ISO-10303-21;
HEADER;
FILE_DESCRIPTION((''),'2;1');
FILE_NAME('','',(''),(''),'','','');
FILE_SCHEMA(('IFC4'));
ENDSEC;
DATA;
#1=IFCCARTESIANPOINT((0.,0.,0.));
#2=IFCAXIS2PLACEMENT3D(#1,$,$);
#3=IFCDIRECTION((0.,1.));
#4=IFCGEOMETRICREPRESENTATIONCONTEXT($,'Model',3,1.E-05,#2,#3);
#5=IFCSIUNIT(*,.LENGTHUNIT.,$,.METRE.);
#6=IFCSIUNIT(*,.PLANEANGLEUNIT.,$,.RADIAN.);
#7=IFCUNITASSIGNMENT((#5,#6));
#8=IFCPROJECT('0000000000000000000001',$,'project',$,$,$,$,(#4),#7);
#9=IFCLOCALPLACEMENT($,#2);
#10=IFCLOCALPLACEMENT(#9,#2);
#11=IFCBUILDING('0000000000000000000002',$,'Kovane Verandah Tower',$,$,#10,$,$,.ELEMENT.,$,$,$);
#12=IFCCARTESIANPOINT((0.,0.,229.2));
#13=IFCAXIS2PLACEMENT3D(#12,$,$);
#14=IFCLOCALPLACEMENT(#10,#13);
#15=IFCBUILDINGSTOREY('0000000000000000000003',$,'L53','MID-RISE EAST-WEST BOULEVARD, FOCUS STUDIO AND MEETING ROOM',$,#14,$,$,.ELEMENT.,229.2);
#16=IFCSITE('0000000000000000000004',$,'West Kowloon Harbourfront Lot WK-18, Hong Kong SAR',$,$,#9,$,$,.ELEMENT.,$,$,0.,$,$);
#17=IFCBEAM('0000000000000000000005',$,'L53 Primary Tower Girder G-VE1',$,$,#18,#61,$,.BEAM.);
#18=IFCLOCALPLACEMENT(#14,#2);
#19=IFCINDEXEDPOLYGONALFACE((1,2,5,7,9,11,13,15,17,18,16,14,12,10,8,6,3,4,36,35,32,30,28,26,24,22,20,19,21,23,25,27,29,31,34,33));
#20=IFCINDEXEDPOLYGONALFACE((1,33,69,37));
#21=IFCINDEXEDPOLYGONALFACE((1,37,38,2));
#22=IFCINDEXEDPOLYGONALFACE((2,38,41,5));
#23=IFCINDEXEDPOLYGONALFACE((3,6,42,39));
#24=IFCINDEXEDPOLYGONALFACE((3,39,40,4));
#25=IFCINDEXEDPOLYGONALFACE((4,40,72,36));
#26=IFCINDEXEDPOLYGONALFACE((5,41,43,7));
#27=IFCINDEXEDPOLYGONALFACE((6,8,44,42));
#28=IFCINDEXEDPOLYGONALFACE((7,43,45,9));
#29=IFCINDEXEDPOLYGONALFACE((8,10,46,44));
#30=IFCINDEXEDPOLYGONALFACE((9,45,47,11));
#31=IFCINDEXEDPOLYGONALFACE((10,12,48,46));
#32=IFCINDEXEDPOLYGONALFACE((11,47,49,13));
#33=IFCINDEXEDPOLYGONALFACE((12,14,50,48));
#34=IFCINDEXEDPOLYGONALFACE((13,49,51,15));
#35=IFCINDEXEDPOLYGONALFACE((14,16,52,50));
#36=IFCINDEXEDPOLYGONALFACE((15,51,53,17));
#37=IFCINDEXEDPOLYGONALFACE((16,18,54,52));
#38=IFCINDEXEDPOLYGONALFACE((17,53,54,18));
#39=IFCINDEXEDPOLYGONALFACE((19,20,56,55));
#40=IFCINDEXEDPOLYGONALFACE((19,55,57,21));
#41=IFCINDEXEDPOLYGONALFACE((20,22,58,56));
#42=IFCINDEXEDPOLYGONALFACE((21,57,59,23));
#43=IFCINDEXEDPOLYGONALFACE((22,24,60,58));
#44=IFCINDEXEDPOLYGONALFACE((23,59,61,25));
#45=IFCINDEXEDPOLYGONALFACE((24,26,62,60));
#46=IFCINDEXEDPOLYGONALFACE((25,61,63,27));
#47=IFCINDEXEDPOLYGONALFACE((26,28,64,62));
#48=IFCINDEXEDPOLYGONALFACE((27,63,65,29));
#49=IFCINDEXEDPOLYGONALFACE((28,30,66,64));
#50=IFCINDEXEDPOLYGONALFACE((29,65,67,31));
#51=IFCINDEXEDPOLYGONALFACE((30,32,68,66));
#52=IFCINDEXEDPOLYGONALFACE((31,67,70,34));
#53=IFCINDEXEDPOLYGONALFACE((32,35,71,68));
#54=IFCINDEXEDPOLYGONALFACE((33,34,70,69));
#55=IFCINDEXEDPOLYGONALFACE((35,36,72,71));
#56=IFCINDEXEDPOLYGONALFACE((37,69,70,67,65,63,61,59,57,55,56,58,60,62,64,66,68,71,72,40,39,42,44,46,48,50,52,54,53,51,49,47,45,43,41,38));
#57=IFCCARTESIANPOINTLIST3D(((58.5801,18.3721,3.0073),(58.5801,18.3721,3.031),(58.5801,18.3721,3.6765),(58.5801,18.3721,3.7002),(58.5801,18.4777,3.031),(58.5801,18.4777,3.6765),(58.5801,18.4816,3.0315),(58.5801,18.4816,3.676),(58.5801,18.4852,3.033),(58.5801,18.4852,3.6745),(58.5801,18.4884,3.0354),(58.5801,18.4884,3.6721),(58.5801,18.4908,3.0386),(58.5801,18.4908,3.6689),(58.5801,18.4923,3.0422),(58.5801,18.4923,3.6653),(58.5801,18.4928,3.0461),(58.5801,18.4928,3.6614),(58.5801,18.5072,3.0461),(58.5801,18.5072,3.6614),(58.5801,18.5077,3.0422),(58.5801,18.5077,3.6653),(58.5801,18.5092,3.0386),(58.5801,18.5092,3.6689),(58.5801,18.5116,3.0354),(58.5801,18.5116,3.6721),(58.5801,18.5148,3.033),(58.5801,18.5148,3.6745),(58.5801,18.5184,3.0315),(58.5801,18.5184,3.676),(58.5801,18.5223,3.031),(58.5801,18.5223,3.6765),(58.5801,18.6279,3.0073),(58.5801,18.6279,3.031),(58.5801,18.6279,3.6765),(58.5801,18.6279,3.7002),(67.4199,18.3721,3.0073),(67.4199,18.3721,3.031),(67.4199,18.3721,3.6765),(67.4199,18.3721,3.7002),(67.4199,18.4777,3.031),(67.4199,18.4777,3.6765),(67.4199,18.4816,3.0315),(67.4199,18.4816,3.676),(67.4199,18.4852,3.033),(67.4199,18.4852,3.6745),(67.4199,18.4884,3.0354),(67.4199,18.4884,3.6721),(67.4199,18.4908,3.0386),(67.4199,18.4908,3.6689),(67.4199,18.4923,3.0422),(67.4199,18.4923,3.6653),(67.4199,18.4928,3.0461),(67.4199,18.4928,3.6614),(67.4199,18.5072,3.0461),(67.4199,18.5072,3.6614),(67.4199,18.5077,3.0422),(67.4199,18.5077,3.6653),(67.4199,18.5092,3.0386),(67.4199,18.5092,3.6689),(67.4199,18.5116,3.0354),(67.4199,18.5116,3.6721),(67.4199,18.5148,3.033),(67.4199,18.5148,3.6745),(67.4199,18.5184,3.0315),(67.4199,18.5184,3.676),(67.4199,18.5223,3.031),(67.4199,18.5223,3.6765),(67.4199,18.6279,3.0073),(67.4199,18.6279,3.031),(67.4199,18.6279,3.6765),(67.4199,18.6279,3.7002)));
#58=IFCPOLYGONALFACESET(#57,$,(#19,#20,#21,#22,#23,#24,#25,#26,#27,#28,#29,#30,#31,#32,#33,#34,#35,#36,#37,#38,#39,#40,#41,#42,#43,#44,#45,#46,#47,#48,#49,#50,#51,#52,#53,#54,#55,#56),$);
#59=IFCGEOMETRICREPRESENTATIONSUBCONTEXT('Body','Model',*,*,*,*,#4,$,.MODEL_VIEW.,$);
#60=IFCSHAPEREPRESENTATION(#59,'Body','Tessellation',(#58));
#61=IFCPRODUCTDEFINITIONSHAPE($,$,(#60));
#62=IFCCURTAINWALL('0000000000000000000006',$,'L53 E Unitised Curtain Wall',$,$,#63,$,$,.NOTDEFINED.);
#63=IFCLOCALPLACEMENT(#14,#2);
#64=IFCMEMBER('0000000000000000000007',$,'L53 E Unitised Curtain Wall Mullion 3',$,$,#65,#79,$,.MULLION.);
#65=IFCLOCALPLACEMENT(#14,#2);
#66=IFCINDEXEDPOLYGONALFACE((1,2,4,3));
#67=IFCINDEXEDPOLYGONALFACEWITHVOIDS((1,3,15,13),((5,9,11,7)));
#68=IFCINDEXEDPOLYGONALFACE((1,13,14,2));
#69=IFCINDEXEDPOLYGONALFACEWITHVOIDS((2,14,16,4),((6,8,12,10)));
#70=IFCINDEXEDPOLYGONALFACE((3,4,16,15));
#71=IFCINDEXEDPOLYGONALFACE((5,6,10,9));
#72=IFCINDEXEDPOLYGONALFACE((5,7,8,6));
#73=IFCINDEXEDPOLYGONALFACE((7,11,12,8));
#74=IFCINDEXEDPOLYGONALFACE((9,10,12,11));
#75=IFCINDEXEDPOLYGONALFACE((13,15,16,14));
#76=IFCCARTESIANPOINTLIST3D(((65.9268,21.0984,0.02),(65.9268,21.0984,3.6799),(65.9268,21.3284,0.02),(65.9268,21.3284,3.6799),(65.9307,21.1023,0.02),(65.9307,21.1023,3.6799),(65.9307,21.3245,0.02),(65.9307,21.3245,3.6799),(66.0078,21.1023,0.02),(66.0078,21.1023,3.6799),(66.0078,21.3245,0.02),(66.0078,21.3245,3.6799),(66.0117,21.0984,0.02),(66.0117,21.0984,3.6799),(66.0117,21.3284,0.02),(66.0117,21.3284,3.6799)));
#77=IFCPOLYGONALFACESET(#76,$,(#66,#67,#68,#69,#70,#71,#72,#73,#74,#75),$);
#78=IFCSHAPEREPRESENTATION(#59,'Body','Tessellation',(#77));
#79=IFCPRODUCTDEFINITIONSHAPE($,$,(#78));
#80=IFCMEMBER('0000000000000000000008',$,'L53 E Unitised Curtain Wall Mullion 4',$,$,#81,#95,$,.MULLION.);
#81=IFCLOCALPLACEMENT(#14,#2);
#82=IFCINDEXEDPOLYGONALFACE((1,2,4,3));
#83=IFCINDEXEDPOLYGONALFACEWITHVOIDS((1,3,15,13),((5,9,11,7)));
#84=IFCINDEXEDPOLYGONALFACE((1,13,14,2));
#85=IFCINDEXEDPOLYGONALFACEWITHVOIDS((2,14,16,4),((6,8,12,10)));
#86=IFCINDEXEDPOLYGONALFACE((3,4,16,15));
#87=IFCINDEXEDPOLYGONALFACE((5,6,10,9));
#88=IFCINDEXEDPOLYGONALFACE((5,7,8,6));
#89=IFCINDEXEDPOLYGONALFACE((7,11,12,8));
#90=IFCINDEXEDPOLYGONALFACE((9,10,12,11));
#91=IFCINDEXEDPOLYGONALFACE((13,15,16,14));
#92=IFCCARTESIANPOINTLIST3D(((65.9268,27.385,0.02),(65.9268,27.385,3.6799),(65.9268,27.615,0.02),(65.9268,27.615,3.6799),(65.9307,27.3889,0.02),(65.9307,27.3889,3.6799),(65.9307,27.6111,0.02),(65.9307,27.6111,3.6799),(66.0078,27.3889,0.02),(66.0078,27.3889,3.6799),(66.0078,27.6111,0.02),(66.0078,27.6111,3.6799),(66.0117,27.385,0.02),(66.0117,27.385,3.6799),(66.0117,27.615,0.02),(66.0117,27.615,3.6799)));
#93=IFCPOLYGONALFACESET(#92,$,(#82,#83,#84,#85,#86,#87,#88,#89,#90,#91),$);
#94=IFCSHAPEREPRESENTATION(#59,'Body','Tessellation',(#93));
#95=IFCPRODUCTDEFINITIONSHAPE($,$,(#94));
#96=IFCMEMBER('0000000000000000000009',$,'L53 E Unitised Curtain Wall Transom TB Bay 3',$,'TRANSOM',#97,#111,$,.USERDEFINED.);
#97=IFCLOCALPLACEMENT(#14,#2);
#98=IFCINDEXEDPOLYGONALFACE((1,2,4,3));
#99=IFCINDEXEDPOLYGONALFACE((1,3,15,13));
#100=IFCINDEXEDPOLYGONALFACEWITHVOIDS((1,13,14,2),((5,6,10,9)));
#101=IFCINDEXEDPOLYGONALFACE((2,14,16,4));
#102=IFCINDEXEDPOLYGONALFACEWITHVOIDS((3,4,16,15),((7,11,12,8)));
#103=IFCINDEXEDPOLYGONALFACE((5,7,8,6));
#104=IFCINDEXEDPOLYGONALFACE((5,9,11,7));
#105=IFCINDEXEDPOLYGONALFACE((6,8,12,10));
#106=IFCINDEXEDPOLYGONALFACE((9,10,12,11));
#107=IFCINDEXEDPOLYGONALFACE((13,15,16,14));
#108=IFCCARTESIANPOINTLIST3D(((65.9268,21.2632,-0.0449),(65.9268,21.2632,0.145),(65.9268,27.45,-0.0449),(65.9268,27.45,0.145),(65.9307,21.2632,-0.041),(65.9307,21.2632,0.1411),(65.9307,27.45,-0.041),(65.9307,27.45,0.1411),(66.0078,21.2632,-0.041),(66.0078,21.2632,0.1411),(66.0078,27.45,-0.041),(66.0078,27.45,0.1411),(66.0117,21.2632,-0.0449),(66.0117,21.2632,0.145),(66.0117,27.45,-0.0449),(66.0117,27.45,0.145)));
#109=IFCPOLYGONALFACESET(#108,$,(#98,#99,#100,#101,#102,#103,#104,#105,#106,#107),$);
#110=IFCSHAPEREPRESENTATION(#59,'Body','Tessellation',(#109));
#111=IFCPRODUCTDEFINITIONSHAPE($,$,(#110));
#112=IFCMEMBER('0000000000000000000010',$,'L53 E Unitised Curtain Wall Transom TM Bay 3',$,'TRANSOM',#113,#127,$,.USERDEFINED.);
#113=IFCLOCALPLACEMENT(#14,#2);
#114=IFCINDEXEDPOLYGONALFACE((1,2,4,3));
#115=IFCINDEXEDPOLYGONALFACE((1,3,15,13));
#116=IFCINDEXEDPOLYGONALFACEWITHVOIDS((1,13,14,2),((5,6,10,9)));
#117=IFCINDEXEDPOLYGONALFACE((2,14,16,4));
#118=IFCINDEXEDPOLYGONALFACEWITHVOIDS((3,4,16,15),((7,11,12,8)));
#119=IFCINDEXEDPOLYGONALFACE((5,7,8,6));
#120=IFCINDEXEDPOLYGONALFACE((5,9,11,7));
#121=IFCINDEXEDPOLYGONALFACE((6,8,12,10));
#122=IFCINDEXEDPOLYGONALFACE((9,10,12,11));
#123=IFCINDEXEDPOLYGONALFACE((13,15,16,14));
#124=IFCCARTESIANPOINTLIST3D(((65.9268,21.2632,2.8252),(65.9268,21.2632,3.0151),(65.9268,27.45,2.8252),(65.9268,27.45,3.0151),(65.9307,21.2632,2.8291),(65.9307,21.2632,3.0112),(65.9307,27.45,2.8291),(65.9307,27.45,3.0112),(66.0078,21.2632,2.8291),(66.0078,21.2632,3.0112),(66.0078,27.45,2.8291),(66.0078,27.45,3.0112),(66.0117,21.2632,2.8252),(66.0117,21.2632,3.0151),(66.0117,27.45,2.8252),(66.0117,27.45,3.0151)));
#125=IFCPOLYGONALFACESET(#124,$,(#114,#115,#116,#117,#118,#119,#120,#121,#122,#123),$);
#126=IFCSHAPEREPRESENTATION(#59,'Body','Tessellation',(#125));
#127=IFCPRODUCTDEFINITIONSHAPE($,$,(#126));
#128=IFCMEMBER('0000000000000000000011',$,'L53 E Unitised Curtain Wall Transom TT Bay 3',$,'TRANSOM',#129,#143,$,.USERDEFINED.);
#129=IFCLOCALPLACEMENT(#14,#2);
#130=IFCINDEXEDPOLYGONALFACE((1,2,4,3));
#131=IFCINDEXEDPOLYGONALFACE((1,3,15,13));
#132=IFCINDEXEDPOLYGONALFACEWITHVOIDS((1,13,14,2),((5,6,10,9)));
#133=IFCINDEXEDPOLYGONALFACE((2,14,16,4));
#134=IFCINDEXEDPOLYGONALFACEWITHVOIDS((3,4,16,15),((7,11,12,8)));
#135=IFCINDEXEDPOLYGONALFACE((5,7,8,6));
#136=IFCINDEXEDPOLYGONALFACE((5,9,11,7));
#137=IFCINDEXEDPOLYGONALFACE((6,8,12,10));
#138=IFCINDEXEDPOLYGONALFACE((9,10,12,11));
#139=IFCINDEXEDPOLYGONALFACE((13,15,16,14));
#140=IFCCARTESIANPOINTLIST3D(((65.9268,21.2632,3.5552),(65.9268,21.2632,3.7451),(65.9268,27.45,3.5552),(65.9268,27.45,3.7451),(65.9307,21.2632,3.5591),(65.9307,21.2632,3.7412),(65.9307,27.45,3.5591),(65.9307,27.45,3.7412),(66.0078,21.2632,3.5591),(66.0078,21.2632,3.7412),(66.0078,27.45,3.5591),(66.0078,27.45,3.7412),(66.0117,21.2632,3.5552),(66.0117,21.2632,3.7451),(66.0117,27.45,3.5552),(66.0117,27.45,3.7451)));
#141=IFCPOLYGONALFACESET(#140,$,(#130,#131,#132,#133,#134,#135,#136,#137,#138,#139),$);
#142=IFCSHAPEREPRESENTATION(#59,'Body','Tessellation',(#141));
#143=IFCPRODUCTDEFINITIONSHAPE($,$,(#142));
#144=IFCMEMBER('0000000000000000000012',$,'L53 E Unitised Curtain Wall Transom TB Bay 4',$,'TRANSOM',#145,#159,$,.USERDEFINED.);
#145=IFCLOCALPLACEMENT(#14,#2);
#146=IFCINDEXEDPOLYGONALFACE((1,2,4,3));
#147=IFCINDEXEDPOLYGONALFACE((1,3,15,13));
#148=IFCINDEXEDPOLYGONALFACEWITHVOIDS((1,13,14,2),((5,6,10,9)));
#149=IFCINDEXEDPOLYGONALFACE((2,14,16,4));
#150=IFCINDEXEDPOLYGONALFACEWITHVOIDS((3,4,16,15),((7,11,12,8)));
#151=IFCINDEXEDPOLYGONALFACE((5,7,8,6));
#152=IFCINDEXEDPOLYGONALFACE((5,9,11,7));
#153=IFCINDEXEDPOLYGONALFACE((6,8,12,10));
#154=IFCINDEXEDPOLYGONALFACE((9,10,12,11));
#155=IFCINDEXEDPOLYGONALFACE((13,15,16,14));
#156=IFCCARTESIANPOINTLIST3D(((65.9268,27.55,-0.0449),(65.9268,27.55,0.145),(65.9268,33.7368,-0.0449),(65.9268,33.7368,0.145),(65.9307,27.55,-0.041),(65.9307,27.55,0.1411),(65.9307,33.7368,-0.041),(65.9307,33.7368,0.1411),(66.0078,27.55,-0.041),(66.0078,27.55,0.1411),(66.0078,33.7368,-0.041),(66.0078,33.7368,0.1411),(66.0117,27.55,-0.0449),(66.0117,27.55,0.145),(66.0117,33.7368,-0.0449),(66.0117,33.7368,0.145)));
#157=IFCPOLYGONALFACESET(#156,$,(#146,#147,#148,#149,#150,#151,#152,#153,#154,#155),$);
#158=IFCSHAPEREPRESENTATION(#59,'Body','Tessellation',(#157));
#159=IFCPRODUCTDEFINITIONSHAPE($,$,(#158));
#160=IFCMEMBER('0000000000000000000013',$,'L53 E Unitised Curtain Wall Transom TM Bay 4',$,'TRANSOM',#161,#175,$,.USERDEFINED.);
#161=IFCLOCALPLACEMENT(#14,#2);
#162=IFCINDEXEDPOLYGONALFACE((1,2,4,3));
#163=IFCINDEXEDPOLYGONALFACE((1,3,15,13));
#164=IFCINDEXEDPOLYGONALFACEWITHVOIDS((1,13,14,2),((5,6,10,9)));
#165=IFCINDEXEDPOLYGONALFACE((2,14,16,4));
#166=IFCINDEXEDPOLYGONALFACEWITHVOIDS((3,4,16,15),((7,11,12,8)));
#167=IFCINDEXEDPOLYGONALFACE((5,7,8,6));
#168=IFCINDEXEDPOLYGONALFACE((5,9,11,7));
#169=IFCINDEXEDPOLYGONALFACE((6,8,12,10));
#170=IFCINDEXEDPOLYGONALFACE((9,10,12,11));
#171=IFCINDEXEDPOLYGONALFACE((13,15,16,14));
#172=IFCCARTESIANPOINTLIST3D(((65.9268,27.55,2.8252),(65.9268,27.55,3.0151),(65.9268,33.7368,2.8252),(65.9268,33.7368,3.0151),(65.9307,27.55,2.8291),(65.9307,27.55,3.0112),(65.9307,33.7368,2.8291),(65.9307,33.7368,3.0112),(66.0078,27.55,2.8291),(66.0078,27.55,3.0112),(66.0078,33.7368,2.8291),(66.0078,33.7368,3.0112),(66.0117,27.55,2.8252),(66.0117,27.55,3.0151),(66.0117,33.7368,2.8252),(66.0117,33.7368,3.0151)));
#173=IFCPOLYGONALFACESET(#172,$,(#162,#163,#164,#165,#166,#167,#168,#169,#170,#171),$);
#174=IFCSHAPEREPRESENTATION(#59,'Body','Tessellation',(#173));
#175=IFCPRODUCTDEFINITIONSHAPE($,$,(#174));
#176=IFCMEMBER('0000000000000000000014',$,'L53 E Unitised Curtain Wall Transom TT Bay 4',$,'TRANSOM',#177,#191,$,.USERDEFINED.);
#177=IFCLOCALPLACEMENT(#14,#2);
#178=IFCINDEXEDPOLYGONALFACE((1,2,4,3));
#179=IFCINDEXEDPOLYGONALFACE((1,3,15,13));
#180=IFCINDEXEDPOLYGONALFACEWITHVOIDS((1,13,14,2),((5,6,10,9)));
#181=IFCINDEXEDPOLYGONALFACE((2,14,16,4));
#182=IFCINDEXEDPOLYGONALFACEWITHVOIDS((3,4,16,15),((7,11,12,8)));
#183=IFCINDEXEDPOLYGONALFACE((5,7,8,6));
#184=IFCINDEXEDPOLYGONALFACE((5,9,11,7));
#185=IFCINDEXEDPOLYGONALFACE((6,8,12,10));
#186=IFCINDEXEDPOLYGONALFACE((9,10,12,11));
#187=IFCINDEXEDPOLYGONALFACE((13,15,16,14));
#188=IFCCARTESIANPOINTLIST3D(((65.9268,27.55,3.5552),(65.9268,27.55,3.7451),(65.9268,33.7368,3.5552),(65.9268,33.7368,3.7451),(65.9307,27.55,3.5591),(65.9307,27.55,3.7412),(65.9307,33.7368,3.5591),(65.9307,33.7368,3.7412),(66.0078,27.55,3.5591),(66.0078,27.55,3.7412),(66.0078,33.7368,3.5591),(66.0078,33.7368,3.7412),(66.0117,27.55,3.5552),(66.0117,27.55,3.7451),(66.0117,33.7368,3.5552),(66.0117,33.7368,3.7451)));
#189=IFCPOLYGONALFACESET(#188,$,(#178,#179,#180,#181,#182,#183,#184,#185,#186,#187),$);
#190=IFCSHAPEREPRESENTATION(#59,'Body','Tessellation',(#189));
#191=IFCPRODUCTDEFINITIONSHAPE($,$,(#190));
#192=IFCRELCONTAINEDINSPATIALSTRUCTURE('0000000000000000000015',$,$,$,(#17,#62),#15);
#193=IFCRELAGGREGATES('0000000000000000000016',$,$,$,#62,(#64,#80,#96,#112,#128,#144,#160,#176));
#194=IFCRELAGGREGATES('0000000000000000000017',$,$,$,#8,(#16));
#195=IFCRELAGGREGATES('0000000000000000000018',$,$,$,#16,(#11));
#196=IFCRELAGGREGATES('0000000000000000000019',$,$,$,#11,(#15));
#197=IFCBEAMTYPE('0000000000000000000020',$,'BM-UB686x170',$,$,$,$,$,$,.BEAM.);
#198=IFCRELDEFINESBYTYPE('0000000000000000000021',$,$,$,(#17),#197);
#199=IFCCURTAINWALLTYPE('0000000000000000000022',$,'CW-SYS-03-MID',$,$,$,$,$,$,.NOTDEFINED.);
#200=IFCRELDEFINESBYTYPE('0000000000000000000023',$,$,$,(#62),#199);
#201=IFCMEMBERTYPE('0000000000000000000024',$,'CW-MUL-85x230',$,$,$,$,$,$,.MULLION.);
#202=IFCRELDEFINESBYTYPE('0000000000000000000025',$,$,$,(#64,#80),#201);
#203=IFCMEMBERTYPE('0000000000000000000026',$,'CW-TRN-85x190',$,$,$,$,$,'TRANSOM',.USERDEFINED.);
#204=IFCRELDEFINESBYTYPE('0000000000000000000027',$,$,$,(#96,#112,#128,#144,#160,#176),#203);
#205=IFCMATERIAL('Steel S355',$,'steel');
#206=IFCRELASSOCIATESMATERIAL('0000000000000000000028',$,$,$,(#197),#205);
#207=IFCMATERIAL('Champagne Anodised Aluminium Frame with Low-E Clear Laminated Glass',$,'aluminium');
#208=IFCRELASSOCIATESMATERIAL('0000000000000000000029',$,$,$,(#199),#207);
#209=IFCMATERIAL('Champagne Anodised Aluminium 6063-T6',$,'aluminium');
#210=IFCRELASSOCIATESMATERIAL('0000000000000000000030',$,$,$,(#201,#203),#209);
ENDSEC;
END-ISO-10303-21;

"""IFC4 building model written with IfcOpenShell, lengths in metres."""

from ifc_helpers import new_model, si_unit, direction, frame, origin, origin_2d, place, context, subcontext, project, spatial, hollow_rectangle, i_section, extrude, material, material_profile, profile_set, type_object, element, aggregate, save


model = new_model("IFC4")

# Units and contexts
model_context = context("Model", 3, precision=1e-05, world=origin(), true_north=direction((0.0, 1.0)))
body_context = subcontext(model_context, "Body", "Model", "MODEL_VIEW")
ifc_project = project(units=[si_unit("LENGTHUNIT", "METRE"), si_unit("PLANEANGLEUNIT", "RADIAN")], contexts=[model_context])

# Site, building, storey
site_placement = place(None, origin())
site = spatial("IfcSite", under=ifc_project, at=site_placement, Name="West Kowloon Harbourfront Lot WK-18, Hong Kong SAR", CompositionType="ELEMENT", RefElevation=0.0)
building_placement = place(site_placement, origin())
building = spatial("IfcBuilding", under=site, at=building_placement, Name="Kovane Verandah Tower", CompositionType="ELEMENT")
storey_placement = place(building_placement, frame((0.0, 0.0, 229.2)))
storey = spatial("IfcBuildingStorey", under=building, at=storey_placement, Name="L53", Description="MID-RISE EAST-WEST BOULEVARD, FOCUS STUDIO AND MEETING ROOM", CompositionType="ELEMENT", Elevation=229.2)

# Beam
ifc_material_1 = material(Name="Steel S355", Category="steel")
ifc_material_profile_1 = material_profile(ifc_material_1, i_section(OverallWidth=0.2559, OverallDepth=0.6929, WebThickness=0.0144, FlangeThickness=0.0237, FilletRadius=0.0151, at=origin_2d()), Name="UB686x254x170")
ifc_profile_set_1 = profile_set([ifc_material_profile_1], Name="Steel S355")
beam_type_1 = type_object("IfcBeamType", Name="BM-UB686x170", PredefinedType="BEAM", material=ifc_profile_set_1)
beam_1_placement = place(storey_placement, frame((58.5801, 18.5, 3.3538), z_axis=(1.0, 0.0, 0.0), x_axis=(0.0, 1.0, 0.0)))
element("IfcBeam", 1, at=beam_1_placement, inside=storey, type_object=beam_type_1, Name="L53 Primary Tower Girder G-VE1", PredefinedType="BEAM", context=body_context, shape_type="SweptSolid", body=[
    extrude(i_section(OverallWidth=0.2559, OverallDepth=0.6929, WebThickness=0.0144, FlangeThickness=0.0237, FilletRadius=0.0151, at=origin_2d()), origin(), (0.0, 0.0, 1.0), 8.8398),
])

# Curtain wall, members
ifc_material_2 = material(Name="Champagne Anodised Aluminium Frame with Low-E Clear Laminated Glass", Category="aluminium")
curtain_wall_type = type_object("IfcCurtainWallType", Name="CW-SYS-03-MID", PredefinedType="NOTDEFINED", material=ifc_material_2)
curtain_wall_placement = place(storey_placement, origin())
curtain_wall = element("IfcCurtainWall", 2, at=curtain_wall_placement, inside=storey, type_object=curtain_wall_type, Name="L53 E Unitised Curtain Wall", PredefinedType="NOTDEFINED")
ifc_material_3 = material(Name="Champagne Anodised Aluminium 6063-T6", Category="aluminium")
ifc_material_profile_2 = material_profile(ifc_material_3, hollow_rectangle(XDim=0.085, YDim=0.23, WallThickness=0.0039, at=origin_2d()), Name="AL85x230x4")
ifc_profile_set_2 = profile_set([ifc_material_profile_2], Name="Champagne Anodised Aluminium 6063-T6")
member_type_1 = type_object("IfcMemberType", Name="CW-MUL-85x230", PredefinedType="MULLION", material=ifc_profile_set_2)
member_1_placement = place(storey_placement, frame((65.9692, 21.2134, 0.02), z_axis=(0.0, 0.0, 1.0), x_axis=(1.0, 0.0, 0.0)))
member_1 = element("IfcMember", 3, at=member_1_placement, type_object=member_type_1, Name="L53 E Unitised Curtain Wall Mullion 3", PredefinedType="MULLION", context=body_context, shape_type="SweptSolid", body=[
    extrude(hollow_rectangle(XDim=0.085, YDim=0.23, WallThickness=0.0039, at=origin_2d()), origin(), (0.0, 0.0, 1.0), 3.6599),
])
member_2_placement = place(storey_placement, frame((65.9692, 27.5, 0.02), z_axis=(0.0, 0.0, 1.0), x_axis=(1.0, 0.0, 0.0)))
member_2 = element("IfcMember", 4, at=member_2_placement, type_object=member_type_1, Name="L53 E Unitised Curtain Wall Mullion 4", PredefinedType="MULLION", context=body_context, shape_type="SweptSolid", body=[
    extrude(hollow_rectangle(XDim=0.085, YDim=0.23, WallThickness=0.0039, at=origin_2d()), origin(), (0.0, 0.0, 1.0), 3.6599),
])
ifc_material_profile_3 = material_profile(ifc_material_3, hollow_rectangle(XDim=0.085, YDim=0.1899, WallThickness=0.0039, at=origin_2d()), Name="AL85x190x4")
ifc_profile_set_3 = profile_set([ifc_material_profile_3], Name="Champagne Anodised Aluminium 6063-T6")
member_type_2 = type_object("IfcMemberType", Name="CW-TRN-85x190", ElementType="TRANSOM", PredefinedType="USERDEFINED", material=ifc_profile_set_3)
member_3_placement = place(storey_placement, frame((65.9692, 21.2632, 0.05), z_axis=(0.0, 1.0, 0.0), x_axis=(-1.0, 0.0, 0.0)))
member_3 = element("IfcMember", 5, at=member_3_placement, type_object=member_type_2, Name="L53 E Unitised Curtain Wall Transom TB Bay 3", ObjectType="TRANSOM", PredefinedType="USERDEFINED", context=body_context, shape_type="SweptSolid", body=[
    extrude(hollow_rectangle(XDim=0.085, YDim=0.1899, WallThickness=0.0039, at=origin_2d()), origin(), (0.0, 0.0, 1.0), 6.1868),
])
member_4_placement = place(storey_placement, frame((65.9692, 21.2632, 2.9202), z_axis=(0.0, 1.0, 0.0), x_axis=(-1.0, 0.0, 0.0)))
member_4 = element("IfcMember", 6, at=member_4_placement, type_object=member_type_2, Name="L53 E Unitised Curtain Wall Transom TM Bay 3", ObjectType="TRANSOM", PredefinedType="USERDEFINED", context=body_context, shape_type="SweptSolid", body=[
    extrude(hollow_rectangle(XDim=0.085, YDim=0.1899, WallThickness=0.0039, at=origin_2d()), origin(), (0.0, 0.0, 1.0), 6.1868),
])
member_5_placement = place(storey_placement, frame((65.9692, 21.2632, 3.6501), z_axis=(0.0, 1.0, 0.0), x_axis=(-1.0, 0.0, 0.0)))
member_5 = element("IfcMember", 7, at=member_5_placement, type_object=member_type_2, Name="L53 E Unitised Curtain Wall Transom TT Bay 3", ObjectType="TRANSOM", PredefinedType="USERDEFINED", context=body_context, shape_type="SweptSolid", body=[
    extrude(hollow_rectangle(XDim=0.085, YDim=0.1899, WallThickness=0.0039, at=origin_2d()), origin(), (0.0, 0.0, 1.0), 6.1868),
])
member_6_placement = place(storey_placement, frame((65.9692, 27.55, 0.05), z_axis=(0.0, 1.0, 0.0), x_axis=(-1.0, 0.0, 0.0)))
member_6 = element("IfcMember", 8, at=member_6_placement, type_object=member_type_2, Name="L53 E Unitised Curtain Wall Transom TB Bay 4", ObjectType="TRANSOM", PredefinedType="USERDEFINED", context=body_context, shape_type="SweptSolid", body=[
    extrude(hollow_rectangle(XDim=0.085, YDim=0.1899, WallThickness=0.0039, at=origin_2d()), origin(), (0.0, 0.0, 1.0), 6.1868),
])
member_7_placement = place(storey_placement, frame((65.9692, 27.55, 2.9202), z_axis=(0.0, 1.0, 0.0), x_axis=(-1.0, 0.0, 0.0)))
member_7 = element("IfcMember", 9, at=member_7_placement, type_object=member_type_2, Name="L53 E Unitised Curtain Wall Transom TM Bay 4", ObjectType="TRANSOM", PredefinedType="USERDEFINED", context=body_context, shape_type="SweptSolid", body=[
    extrude(hollow_rectangle(XDim=0.085, YDim=0.1899, WallThickness=0.0039, at=origin_2d()), origin(), (0.0, 0.0, 1.0), 6.1868),
])
member_8_placement = place(storey_placement, frame((65.9692, 27.55, 3.6501), z_axis=(0.0, 1.0, 0.0), x_axis=(-1.0, 0.0, 0.0)))
member_8 = element("IfcMember", 10, at=member_8_placement, type_object=member_type_2, Name="L53 E Unitised Curtain Wall Transom TT Bay 4", ObjectType="TRANSOM", PredefinedType="USERDEFINED", context=body_context, shape_type="SweptSolid", body=[
    extrude(hollow_rectangle(XDim=0.085, YDim=0.1899, WallThickness=0.0039, at=origin_2d()), origin(), (0.0, 0.0, 1.0), 6.1868),
])

aggregate(curtain_wall, [member_1, member_2, member_3, member_4, member_5, member_6, member_7, member_8])

save(model, "model.ifc")
